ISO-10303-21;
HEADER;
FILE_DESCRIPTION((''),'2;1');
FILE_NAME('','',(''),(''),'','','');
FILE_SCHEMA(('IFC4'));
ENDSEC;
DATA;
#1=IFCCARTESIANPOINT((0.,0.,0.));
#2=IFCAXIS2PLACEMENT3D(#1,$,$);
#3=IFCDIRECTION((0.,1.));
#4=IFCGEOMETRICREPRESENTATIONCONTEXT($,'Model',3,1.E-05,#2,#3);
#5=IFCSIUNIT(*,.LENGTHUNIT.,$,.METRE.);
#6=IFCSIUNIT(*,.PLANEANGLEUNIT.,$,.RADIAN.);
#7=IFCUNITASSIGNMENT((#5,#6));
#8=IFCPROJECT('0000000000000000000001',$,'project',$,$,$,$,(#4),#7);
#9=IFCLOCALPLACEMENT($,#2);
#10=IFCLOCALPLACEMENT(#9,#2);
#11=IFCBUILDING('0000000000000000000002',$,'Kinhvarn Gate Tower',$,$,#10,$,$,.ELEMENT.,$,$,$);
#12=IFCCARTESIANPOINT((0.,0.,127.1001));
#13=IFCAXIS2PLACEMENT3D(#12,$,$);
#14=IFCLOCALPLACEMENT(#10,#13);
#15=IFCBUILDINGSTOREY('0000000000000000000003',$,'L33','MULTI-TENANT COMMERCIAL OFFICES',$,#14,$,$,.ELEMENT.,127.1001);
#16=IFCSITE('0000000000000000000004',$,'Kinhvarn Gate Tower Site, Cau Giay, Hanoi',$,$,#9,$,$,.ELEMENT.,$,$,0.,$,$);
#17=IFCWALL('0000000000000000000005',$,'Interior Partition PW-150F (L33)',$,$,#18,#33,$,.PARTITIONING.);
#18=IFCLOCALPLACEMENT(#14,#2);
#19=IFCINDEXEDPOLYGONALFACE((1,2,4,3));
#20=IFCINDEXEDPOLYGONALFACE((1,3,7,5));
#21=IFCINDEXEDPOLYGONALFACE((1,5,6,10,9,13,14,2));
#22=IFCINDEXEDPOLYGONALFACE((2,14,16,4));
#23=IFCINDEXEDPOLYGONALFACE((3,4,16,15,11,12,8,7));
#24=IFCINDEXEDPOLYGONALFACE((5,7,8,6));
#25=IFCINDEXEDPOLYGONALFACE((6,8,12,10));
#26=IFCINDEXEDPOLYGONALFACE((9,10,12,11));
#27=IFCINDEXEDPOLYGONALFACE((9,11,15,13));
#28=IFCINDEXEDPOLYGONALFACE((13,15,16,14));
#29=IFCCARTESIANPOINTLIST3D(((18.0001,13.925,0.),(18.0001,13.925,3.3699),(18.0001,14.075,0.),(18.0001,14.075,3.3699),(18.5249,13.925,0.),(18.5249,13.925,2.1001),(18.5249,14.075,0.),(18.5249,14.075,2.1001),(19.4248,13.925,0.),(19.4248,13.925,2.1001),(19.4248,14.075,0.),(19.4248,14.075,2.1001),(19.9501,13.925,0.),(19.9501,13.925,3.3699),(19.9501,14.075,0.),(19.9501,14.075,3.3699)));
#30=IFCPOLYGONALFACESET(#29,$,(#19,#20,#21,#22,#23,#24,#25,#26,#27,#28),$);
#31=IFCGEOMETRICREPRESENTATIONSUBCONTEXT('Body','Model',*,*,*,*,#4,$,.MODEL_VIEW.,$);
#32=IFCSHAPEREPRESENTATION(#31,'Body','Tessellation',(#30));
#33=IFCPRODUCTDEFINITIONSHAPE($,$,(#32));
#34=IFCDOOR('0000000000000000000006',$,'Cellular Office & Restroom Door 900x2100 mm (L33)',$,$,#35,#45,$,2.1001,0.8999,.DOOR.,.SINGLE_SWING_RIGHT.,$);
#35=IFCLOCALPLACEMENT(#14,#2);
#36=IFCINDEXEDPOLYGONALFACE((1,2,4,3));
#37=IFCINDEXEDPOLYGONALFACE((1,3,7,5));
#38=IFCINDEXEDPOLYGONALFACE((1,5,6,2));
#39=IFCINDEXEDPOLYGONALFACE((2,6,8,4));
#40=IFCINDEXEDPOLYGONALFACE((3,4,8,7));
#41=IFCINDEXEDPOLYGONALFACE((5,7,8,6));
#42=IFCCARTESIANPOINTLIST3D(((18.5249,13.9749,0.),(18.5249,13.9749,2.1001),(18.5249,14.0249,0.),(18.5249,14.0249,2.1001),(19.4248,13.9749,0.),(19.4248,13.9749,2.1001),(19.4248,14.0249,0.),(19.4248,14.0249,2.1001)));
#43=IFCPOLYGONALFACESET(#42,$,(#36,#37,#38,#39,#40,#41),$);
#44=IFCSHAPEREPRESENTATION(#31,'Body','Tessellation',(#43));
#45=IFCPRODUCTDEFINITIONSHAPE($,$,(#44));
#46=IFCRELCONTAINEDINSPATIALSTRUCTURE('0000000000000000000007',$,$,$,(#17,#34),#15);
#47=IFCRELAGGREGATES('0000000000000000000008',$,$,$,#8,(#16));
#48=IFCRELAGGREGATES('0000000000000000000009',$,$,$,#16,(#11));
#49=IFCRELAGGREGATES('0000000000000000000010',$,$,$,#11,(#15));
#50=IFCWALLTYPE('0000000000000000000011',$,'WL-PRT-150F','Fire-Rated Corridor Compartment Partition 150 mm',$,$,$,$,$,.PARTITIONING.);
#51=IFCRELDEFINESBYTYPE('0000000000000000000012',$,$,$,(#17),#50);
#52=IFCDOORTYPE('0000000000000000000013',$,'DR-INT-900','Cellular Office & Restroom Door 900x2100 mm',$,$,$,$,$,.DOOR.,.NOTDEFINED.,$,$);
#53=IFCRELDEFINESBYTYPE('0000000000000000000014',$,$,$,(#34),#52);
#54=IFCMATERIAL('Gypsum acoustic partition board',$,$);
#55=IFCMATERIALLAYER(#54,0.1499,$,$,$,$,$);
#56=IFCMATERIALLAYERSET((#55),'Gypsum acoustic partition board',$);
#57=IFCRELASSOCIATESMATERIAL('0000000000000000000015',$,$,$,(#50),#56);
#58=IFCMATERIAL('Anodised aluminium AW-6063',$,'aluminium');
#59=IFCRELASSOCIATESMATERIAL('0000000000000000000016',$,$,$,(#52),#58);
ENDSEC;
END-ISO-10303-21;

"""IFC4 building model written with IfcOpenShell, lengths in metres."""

from ifc_helpers import new_model, si_unit, direction, frame, frame_2d, origin, place, context, subcontext, project, spatial, rectangle, extrude, material, layer, layer_set, type_object, element, fill, save


model = new_model("IFC4")

# Units and contexts
model_context = context("Model", 3, precision=1e-05, world=origin(), true_north=direction((0.0, 1.0)))
body_context = subcontext(model_context, "Body", "Model", "MODEL_VIEW")
ifc_project = project(units=[si_unit("LENGTHUNIT", "METRE"), si_unit("PLANEANGLEUNIT", "RADIAN")], contexts=[model_context])

# Site, building, storey
site_placement = place(None, origin())
site = spatial("IfcSite", under=ifc_project, at=site_placement, Name="Kinhvarn Gate Tower Site, Cau Giay, Hanoi", CompositionType="ELEMENT", RefElevation=0.0)
building_placement = place(site_placement, origin())
building = spatial("IfcBuilding", under=site, at=building_placement, Name="Kinhvarn Gate Tower", CompositionType="ELEMENT")
storey_placement = place(building_placement, frame((0.0, 0.0, 127.1001)))
storey = spatial("IfcBuildingStorey", under=building, at=storey_placement, Name="L33", Description="MULTI-TENANT COMMERCIAL OFFICES", CompositionType="ELEMENT", Elevation=127.1001)

# Shared definitions
ifc_material_1 = material(Name="Anodised aluminium AW-6063", Category="aluminium")

# Shared definitions
ifc_material_2 = material(Name="Gypsum acoustic partition board")

# Wall, opening, door
ifc_layer_1 = layer(ifc_material_2, 0.1499)
ifc_layer_set_1 = layer_set([ifc_layer_1], Name="Gypsum acoustic partition board")
wall_type_1 = type_object("IfcWallType", Name="WL-PRT-150F", Description="Fire-Rated Corridor Compartment Partition 150 mm", PredefinedType="PARTITIONING", material=ifc_layer_set_1)
wall_1_placement = place(storey_placement, frame((18.0, 14.0, 0.0), z_axis=(0.0, 0.0, 1.0), x_axis=(1.0, 0.0, 0.0)))
wall_1 = element("IfcWall", 1, at=wall_1_placement, inside=storey, type_object=wall_type_1, Name="Interior Partition PW-150F (L33)", PredefinedType="PARTITIONING", context=body_context, shape_type="SweptSolid", body=[
    extrude(rectangle(XDim=1.95, YDim=0.1499, at=frame_2d((0.9751, 0.0))), origin(), (0.0, 0.0, 1.0), 3.3699),
])
opening_placement = place(wall_1_placement, frame((0.5249, 0.0, 0.0)))
opening = element("IfcOpeningElement", 2, at=opening_placement, cuts=wall_1, PredefinedType="OPENING", context=body_context, shape_type="SweptSolid", body=[
    extrude(rectangle(XDim=0.8999, YDim=2.1001, at=frame_2d((0.45, 1.05))), frame((0.0, 0.085, 0.0), z_axis=(0.0, -1.0, 0.0), x_axis=(1.0, 0.0, 0.0)), (0.0, 0.0, 1.0), 0.1699),
])
door_type = type_object("IfcDoorType", Name="DR-INT-900", Description="Cellular Office & Restroom Door 900x2100 mm", OperationType="NOTDEFINED", PredefinedType="DOOR", material=ifc_material_1)
door_placement = place(opening_placement, origin())
door = element("IfcDoor", 3, at=door_placement, inside=storey, type_object=door_type, Name="Cellular Office & Restroom Door 900x2100 mm (L33)", OperationType="SINGLE_SWING_RIGHT", OverallHeight=2.1001, OverallWidth=0.8999, PredefinedType="DOOR", context=body_context, shape_type="SweptSolid", body=[
    extrude(rectangle(XDim=0.8999, YDim=2.1001, at=frame_2d((0.45, 1.05))), frame((0.0, 0.0249, 0.0), z_axis=(0.0, -1.0, 0.0), x_axis=(1.0, 0.0, 0.0)), (0.0, 0.0, 1.0), 0.05),
])
fill(opening, door)

save(model, "model.ifc")
